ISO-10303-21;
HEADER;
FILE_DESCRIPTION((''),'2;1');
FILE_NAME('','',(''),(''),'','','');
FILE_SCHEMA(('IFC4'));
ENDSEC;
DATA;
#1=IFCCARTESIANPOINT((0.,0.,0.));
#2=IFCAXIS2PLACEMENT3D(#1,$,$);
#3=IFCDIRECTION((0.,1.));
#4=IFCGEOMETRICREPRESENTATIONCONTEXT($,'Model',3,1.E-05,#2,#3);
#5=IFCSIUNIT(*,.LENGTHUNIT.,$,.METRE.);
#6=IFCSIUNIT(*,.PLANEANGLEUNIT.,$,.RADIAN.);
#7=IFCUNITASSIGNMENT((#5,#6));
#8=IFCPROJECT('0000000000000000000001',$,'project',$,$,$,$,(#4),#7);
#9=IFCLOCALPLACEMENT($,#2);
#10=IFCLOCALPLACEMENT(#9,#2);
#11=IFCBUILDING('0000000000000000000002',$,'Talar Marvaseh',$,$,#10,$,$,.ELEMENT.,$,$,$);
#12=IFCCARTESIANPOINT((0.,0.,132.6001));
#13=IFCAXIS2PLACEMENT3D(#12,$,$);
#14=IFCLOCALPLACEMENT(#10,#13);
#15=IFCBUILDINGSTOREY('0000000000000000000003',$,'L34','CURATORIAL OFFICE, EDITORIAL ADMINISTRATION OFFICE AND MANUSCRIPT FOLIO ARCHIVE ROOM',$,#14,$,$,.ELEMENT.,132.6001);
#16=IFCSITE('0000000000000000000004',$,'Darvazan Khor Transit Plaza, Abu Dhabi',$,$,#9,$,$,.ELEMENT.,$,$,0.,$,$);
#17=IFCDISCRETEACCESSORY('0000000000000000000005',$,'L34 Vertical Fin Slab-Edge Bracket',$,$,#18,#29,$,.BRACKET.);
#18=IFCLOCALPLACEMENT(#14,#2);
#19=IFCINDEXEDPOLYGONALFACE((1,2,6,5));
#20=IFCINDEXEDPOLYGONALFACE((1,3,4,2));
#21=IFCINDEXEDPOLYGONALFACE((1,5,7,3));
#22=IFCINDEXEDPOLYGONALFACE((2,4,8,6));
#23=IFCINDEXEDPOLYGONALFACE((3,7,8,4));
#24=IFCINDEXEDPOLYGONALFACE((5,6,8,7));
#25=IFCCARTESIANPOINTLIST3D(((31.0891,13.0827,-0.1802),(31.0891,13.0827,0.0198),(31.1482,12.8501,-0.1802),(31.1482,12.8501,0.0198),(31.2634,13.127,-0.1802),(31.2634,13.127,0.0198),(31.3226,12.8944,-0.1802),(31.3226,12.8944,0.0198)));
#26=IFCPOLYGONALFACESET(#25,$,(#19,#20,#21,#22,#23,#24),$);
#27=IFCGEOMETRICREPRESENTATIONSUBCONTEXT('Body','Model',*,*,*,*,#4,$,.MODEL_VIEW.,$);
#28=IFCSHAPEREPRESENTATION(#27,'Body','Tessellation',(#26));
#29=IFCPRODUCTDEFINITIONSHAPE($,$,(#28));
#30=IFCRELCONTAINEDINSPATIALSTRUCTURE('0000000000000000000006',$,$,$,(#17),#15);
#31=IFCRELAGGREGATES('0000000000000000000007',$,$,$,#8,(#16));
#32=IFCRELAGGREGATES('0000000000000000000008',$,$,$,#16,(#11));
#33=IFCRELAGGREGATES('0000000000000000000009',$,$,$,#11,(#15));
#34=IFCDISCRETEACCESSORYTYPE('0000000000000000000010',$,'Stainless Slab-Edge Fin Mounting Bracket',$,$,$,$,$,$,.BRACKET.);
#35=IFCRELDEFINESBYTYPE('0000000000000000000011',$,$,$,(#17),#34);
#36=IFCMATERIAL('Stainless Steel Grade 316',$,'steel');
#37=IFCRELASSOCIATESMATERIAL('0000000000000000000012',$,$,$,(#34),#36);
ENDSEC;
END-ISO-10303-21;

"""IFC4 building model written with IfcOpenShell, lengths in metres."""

from ifc_helpers import new_model, si_unit, direction, frame, origin, origin_2d, place, context, subcontext, project, spatial, rectangle, extrude, source, transform, mapped, material, type_object, type_shapes, element, save


model = new_model("IFC4")

# Units and contexts
model_context = context("Model", 3, precision=1e-05, world=origin(), true_north=direction((0.0, 1.0)))
body_context = subcontext(model_context, "Body", "Model", "MODEL_VIEW")
ifc_project = project(units=[si_unit("LENGTHUNIT", "METRE"), si_unit("PLANEANGLEUNIT", "RADIAN")], contexts=[model_context])

# Site, building, storey
site_placement = place(None, origin())
site = spatial("IfcSite", under=ifc_project, at=site_placement, Name="Darvazan Khor Transit Plaza, Abu Dhabi", CompositionType="ELEMENT", RefElevation=0.0)
building_placement = place(site_placement, origin())
building = spatial("IfcBuilding", under=site, at=building_placement, Name="Talar Marvaseh", CompositionType="ELEMENT")
storey_placement = place(building_placement, frame((0.0, 0.0, 132.6001)))
storey = spatial("IfcBuildingStorey", under=building, at=storey_placement, Name="L34", Description="CURATORIAL OFFICE, EDITORIAL ADMINISTRATION OFFICE AND MANUSCRIPT FOLIO ARCHIVE ROOM", CompositionType="ELEMENT", Elevation=132.6001)

# Shared definitions
ifc_material_1 = material(Name="Stainless Steel Grade 316", Category="steel")

# Discrete accessory
discrete_accessory_type = type_object("IfcDiscreteAccessoryType", Name="Stainless Slab-Edge Fin Mounting Bracket", PredefinedType="BRACKET", material=ifc_material_1)
shared_shape_1 = source(origin(), body_context, "Body", "SweptSolid", [
    extrude(rectangle(XDim=0.24, YDim=0.1799, at=origin_2d()), origin(), (0.0, 0.0, 1.0), 0.2),
])
type_shapes(discrete_accessory_type, [shared_shape_1])
discrete_accessory_placement = place(storey_placement, frame((31.2058, 12.9885, -0.1802), z_axis=(0.0, 0.0, 1.0), x_axis=(0.246322, -0.969188, 0.0)))
element("IfcDiscreteAccessory", 1, at=discrete_accessory_placement, inside=storey, type_object=discrete_accessory_type, Name="L34 Vertical Fin Slab-Edge Bracket", PredefinedType="BRACKET", context=body_context, shape_type="MappedRepresentation", body=[
    mapped(shared_shape_1, transform((0.0, 0.0, 0.0), x_axis=(1.0, 0.0, 0.0), y_axis=(0.0, 1.0, 0.0), z_axis=(0.0, 0.0, 1.0), scale=1.0)),
])

save(model, "model.ifc")
